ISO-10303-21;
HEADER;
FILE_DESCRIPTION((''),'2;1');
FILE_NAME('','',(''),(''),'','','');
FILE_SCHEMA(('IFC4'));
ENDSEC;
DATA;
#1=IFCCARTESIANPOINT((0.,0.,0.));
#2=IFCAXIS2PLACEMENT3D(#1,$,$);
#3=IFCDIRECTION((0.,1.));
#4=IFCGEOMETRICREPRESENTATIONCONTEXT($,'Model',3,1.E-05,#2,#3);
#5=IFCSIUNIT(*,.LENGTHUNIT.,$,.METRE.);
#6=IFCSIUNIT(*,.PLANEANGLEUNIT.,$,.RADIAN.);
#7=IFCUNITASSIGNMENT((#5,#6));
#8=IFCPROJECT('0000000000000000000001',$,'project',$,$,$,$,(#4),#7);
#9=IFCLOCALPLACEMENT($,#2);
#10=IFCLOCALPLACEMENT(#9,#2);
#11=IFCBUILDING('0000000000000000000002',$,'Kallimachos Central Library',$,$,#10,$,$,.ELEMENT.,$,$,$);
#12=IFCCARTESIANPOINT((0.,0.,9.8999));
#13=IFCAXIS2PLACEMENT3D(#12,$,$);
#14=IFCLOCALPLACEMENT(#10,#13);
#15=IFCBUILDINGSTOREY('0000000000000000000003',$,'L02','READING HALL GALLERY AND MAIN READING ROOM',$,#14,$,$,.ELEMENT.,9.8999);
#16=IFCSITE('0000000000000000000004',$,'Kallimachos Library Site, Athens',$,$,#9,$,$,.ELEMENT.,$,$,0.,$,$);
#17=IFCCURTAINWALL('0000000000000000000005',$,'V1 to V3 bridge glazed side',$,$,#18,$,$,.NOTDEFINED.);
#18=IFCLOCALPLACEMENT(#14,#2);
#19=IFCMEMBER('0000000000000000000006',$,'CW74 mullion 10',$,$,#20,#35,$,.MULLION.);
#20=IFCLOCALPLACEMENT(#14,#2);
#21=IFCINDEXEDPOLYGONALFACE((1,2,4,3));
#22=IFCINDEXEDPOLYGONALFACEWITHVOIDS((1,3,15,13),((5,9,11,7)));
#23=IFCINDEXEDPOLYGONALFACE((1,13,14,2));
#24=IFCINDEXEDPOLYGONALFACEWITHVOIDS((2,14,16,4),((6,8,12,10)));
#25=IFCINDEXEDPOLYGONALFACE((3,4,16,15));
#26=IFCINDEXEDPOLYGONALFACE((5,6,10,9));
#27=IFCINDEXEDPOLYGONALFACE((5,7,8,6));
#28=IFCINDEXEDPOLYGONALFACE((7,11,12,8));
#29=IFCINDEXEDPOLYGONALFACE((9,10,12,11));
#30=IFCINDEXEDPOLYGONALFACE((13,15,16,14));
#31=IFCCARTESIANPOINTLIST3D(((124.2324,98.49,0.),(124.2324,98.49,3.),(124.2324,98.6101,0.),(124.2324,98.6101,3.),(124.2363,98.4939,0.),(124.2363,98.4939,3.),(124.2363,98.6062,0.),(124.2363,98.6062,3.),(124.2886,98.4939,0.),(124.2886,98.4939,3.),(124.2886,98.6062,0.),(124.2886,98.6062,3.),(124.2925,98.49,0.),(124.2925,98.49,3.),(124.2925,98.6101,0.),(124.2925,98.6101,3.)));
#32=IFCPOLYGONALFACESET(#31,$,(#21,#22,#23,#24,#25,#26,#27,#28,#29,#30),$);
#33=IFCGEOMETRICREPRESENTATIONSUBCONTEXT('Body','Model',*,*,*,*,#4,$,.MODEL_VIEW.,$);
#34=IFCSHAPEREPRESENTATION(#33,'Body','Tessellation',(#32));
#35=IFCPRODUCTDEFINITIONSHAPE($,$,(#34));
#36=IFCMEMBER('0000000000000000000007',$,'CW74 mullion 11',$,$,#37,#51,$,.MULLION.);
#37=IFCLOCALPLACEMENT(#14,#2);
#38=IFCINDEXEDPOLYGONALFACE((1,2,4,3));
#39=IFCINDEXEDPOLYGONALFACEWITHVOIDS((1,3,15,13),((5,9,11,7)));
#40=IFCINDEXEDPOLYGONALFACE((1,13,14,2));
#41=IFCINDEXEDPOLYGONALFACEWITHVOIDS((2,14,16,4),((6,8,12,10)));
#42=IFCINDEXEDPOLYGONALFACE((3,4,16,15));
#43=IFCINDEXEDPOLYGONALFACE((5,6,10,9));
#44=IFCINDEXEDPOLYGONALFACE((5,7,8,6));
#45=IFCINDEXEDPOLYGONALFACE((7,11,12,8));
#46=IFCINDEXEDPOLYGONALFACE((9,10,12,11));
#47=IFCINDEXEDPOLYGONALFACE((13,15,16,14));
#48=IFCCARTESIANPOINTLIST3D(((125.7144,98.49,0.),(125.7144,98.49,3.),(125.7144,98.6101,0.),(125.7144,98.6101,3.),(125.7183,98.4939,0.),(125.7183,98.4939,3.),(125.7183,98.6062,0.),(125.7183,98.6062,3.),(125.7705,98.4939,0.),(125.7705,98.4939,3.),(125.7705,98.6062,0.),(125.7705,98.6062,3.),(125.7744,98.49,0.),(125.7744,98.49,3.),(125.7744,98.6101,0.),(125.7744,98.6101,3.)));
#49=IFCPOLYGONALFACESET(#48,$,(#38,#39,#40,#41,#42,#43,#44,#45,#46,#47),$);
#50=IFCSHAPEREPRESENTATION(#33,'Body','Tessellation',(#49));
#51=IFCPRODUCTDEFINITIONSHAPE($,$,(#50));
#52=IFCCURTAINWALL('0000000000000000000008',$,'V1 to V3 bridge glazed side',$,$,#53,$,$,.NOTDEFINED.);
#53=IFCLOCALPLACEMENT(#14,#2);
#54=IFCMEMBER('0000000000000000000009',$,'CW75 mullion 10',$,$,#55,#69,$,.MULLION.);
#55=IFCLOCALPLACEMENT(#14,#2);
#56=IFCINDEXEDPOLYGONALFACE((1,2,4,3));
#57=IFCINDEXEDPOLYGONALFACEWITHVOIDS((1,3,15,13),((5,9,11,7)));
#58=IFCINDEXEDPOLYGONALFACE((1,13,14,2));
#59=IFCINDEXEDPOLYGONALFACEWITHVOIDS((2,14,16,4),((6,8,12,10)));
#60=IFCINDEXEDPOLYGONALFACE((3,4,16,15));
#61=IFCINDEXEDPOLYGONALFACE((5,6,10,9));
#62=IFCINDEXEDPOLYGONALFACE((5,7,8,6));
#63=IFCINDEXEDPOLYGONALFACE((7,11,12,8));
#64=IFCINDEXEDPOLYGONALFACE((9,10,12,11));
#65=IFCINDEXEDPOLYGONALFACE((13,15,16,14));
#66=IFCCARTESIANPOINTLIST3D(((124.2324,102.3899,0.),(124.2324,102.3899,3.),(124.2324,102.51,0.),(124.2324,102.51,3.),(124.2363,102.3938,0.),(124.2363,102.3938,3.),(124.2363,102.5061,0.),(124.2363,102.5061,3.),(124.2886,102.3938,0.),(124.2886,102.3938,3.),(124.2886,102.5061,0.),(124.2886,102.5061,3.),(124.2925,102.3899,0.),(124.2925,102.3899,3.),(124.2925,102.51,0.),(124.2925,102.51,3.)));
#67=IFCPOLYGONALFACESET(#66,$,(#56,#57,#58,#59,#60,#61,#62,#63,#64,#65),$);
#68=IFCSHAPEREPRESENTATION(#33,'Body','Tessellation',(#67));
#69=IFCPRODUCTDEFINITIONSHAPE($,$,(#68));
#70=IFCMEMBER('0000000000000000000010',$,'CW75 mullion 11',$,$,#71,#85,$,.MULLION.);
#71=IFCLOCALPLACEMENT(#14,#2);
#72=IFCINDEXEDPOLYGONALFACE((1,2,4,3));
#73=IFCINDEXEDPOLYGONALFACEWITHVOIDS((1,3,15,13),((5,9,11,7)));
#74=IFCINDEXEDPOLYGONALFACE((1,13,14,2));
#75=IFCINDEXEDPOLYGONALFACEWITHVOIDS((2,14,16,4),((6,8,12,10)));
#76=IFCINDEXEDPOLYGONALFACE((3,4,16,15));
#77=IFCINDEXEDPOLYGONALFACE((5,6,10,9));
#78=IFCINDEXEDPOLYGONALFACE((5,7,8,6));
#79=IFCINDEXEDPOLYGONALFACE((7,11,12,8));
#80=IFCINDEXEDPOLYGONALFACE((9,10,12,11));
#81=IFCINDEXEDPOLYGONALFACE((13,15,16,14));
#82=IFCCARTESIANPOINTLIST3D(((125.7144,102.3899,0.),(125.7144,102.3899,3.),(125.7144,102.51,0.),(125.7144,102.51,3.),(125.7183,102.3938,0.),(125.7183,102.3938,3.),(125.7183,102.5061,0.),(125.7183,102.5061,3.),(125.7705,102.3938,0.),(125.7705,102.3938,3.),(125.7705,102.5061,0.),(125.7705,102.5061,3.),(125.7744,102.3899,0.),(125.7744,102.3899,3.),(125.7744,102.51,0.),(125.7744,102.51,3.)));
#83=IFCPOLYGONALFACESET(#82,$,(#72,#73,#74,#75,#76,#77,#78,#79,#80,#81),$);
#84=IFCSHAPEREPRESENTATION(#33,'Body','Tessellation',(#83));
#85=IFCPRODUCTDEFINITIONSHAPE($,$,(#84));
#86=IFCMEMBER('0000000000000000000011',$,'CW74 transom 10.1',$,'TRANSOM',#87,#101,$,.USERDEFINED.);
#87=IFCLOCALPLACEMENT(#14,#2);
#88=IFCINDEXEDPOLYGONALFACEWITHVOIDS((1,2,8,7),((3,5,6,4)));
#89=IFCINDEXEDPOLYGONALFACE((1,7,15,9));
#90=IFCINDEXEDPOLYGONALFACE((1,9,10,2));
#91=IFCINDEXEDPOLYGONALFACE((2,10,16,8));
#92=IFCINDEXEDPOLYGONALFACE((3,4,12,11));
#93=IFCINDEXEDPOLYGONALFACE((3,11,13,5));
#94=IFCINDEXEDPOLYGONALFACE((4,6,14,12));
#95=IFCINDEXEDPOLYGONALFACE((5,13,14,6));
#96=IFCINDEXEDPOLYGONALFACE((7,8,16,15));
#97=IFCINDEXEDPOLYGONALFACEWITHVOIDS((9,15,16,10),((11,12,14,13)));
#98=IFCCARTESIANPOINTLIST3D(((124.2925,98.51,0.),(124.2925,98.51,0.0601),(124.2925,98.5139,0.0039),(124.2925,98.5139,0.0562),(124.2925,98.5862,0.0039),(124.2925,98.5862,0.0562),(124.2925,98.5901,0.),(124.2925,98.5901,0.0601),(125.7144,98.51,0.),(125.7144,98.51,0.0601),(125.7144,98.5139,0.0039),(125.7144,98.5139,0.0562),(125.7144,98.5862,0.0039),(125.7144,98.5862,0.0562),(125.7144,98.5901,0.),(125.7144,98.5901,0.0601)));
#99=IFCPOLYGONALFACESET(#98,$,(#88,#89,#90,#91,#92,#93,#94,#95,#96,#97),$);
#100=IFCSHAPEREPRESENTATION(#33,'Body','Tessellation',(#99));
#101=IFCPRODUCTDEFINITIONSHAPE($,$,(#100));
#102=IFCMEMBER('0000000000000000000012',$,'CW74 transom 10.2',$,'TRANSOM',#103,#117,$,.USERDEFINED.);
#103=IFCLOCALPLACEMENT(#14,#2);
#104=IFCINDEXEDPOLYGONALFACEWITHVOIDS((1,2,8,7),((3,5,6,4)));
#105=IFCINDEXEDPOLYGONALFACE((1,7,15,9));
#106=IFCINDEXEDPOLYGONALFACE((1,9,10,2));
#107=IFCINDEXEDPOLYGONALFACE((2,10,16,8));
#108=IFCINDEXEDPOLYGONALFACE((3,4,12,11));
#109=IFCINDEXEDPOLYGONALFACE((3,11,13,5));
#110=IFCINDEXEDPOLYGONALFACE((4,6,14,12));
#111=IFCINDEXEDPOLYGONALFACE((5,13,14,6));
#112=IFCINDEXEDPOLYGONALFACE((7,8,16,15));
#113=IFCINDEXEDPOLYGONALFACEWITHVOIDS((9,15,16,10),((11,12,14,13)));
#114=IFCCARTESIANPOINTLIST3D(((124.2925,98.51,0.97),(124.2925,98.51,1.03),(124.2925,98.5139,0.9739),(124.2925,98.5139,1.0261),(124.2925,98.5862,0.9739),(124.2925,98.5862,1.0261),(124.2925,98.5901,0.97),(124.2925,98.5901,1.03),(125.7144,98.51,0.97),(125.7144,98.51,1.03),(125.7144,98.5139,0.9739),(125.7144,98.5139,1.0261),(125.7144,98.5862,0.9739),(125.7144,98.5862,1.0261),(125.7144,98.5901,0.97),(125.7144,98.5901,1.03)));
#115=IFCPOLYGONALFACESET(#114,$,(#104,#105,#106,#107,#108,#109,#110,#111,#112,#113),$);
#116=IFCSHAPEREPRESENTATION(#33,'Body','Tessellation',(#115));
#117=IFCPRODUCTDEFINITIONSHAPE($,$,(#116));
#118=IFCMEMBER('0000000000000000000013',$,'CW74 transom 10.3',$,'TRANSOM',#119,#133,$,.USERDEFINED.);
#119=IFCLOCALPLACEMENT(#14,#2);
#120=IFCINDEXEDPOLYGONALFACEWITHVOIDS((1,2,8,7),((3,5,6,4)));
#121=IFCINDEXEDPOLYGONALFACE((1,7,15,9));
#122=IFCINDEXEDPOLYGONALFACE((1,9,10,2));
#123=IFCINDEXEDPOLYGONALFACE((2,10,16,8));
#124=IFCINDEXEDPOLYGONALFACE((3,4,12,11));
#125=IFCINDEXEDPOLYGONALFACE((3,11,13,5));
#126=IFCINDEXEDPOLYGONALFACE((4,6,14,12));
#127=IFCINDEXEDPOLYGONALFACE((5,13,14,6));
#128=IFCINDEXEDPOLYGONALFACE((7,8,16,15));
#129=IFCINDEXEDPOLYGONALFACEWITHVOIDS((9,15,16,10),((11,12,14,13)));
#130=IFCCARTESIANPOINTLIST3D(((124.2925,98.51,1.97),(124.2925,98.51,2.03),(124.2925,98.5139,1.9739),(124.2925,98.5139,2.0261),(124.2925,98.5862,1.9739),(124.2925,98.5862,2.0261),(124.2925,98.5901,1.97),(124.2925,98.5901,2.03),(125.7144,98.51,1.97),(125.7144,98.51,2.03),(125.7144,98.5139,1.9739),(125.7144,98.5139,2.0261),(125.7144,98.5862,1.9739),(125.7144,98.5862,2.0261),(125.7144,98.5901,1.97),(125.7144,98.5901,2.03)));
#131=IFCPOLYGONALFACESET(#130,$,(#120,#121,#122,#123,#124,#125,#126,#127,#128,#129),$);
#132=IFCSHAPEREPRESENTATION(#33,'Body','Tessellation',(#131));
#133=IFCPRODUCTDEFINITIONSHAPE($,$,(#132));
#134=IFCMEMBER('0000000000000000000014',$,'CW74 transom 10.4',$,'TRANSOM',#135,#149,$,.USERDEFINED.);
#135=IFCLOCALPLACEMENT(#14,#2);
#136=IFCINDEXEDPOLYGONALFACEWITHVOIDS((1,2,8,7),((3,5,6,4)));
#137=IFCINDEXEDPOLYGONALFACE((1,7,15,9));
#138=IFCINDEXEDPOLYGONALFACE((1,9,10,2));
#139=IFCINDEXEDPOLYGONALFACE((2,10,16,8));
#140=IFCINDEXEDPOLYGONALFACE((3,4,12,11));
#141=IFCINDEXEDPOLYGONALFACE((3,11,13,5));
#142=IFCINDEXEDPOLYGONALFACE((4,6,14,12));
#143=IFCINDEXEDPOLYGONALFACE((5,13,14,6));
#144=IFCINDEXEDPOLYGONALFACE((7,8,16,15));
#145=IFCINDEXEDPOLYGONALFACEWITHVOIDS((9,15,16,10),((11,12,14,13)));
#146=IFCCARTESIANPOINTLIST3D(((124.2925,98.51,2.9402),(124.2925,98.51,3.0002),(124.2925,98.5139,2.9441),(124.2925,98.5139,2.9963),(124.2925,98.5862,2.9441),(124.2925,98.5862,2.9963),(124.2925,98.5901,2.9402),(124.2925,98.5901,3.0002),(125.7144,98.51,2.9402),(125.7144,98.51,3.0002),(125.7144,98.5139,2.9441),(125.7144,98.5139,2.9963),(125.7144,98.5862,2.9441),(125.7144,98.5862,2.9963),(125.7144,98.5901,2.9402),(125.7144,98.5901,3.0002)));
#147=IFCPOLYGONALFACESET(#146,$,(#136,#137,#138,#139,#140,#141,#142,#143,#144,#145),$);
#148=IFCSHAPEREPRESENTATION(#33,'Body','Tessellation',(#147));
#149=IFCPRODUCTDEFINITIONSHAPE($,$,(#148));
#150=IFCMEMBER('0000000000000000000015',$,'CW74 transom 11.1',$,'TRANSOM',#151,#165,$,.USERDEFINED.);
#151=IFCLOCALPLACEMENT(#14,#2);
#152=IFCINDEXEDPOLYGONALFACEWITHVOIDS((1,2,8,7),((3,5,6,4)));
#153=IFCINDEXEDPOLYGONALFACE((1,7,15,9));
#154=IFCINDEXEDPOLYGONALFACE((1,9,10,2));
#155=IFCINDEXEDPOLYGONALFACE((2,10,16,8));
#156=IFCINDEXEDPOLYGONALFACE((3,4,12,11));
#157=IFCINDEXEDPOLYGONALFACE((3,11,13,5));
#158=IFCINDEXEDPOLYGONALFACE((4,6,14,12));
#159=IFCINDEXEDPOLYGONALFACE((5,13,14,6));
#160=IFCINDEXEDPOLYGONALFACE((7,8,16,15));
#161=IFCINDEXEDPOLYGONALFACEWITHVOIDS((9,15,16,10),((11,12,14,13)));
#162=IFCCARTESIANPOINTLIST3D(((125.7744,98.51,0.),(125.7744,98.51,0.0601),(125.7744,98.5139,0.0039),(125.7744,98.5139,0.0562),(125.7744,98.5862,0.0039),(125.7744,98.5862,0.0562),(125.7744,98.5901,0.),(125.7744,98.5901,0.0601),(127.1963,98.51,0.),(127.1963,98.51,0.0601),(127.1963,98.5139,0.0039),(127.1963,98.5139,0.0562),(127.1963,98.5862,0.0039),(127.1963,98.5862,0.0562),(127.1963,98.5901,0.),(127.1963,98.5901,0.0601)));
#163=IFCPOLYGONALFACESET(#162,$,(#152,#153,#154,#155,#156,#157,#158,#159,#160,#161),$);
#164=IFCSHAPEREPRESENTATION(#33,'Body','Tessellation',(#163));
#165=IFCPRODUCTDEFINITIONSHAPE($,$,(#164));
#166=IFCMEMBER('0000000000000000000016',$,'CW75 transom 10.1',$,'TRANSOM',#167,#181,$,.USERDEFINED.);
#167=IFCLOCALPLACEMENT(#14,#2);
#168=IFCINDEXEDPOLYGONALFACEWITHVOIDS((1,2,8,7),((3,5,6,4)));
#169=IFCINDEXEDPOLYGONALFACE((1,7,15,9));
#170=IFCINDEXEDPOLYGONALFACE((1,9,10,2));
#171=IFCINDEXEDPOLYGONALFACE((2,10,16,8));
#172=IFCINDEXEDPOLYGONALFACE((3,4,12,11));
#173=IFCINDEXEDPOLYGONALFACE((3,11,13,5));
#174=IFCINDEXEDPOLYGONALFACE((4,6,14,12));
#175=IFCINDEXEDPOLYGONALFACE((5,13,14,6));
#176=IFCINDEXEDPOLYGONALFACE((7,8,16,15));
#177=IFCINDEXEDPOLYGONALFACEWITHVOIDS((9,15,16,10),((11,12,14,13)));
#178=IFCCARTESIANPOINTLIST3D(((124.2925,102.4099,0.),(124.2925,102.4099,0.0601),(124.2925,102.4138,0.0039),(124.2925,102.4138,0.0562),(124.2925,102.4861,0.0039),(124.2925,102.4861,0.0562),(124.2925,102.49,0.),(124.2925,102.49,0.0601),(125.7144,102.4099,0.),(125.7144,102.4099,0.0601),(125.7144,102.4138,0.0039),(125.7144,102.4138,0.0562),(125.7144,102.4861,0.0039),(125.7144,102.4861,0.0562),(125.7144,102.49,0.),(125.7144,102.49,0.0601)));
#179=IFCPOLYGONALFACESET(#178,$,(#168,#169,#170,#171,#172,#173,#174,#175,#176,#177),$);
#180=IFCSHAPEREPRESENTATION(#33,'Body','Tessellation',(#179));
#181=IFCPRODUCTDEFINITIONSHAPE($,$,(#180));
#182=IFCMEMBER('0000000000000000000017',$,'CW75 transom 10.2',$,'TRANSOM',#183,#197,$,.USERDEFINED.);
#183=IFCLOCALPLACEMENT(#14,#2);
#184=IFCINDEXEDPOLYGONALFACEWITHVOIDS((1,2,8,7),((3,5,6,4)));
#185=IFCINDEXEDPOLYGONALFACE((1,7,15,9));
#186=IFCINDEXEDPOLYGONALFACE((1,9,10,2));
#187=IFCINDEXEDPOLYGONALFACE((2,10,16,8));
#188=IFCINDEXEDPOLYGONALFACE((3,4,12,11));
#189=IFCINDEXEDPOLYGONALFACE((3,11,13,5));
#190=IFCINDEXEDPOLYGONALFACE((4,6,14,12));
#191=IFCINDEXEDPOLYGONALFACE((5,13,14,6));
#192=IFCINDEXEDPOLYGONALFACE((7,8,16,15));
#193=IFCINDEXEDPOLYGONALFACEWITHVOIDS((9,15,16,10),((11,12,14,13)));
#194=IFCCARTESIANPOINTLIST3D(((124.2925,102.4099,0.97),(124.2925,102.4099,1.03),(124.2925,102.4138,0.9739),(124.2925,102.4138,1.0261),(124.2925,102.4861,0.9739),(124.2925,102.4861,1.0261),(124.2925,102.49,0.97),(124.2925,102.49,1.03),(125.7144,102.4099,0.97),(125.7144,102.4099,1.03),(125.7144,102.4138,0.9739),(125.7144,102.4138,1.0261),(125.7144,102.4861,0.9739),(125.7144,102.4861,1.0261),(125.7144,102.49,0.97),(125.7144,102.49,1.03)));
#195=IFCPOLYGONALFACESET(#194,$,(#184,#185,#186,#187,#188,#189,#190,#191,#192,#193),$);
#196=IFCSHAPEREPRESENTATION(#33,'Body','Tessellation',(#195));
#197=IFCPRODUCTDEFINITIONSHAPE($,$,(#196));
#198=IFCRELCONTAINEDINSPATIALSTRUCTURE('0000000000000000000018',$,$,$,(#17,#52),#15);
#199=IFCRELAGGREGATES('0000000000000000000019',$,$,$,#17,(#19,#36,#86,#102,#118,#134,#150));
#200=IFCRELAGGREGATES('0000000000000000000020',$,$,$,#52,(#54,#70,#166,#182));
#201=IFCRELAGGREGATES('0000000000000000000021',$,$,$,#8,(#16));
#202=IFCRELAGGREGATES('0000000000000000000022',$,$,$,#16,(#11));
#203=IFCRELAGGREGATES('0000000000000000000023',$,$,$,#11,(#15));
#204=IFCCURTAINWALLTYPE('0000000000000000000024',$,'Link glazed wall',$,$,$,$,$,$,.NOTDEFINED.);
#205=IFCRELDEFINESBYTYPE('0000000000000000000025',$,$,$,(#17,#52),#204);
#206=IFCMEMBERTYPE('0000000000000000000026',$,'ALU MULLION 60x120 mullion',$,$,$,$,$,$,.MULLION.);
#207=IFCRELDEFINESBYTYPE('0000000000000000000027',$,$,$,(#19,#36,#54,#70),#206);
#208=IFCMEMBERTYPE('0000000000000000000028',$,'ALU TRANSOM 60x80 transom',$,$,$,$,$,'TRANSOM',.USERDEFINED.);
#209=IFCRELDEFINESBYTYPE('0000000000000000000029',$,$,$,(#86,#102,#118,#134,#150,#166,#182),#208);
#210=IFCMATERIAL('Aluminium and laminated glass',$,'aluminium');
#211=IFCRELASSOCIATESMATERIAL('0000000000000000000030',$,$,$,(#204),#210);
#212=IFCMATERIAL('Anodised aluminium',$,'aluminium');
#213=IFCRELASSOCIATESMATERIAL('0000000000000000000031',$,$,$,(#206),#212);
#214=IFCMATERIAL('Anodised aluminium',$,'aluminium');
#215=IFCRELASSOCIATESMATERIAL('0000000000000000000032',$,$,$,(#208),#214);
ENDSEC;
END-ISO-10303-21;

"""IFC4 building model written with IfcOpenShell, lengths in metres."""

from ifc_helpers import new_model, si_unit, direction, frame, origin, origin_2d, place, context, subcontext, project, spatial, hollow_rectangle, extrude, material, material_profile, profile_set, type_object, element, aggregate, save


model = new_model("IFC4")

# Units and contexts
model_context = context("Model", 3, precision=1e-05, world=origin(), true_north=direction((0.0, 1.0)))
body_context = subcontext(model_context, "Body", "Model", "MODEL_VIEW")
ifc_project = project(units=[si_unit("LENGTHUNIT", "METRE"), si_unit("PLANEANGLEUNIT", "RADIAN")], contexts=[model_context])

# Site, building, storey
site_placement = place(None, origin())
site = spatial("IfcSite", under=ifc_project, at=site_placement, Name="Kallimachos Library Site, Athens", CompositionType="ELEMENT", RefElevation=0.0)
building_placement = place(site_placement, origin())
building = spatial("IfcBuilding", under=site, at=building_placement, Name="Kallimachos Central Library", CompositionType="ELEMENT")
storey_placement = place(building_placement, frame((0.0, 0.0, 9.8999)))
storey = spatial("IfcBuildingStorey", under=building, at=storey_placement, Name="L02", Description="READING HALL GALLERY AND MAIN READING ROOM", CompositionType="ELEMENT", Elevation=9.8999)

# Curtain walls, members
ifc_material_1 = material(Name="Aluminium and laminated glass", Category="aluminium")
curtain_wall_type = type_object("IfcCurtainWallType", Name="Link glazed wall", PredefinedType="NOTDEFINED", material=ifc_material_1)
curtain_wall_1_placement = place(storey_placement, origin())
curtain_wall_1 = element("IfcCurtainWall", 1, at=curtain_wall_1_placement, inside=storey, type_object=curtain_wall_type, Name="V1 to V3 bridge glazed side", PredefinedType="NOTDEFINED")
ifc_material_2 = material(Name="Anodised aluminium", Category="aluminium")
ifc_material_profile_1 = material_profile(ifc_material_2, hollow_rectangle(XDim=0.0601, YDim=0.1201, WallThickness=0.0039, at=origin_2d()), Name="ALU MULLION 60x120")
ifc_profile_set_1 = profile_set([ifc_material_profile_1], Name="Anodised aluminium")
member_type_1 = type_object("IfcMemberType", Name="ALU MULLION 60x120 mullion", PredefinedType="MULLION", material=ifc_profile_set_1)
member_1_placement = place(storey_placement, frame((124.2625, 98.55, 0.0), z_axis=(0.0, 0.0, 1.0), x_axis=(1.0, 0.0, 0.0)))
member_1 = element("IfcMember", 2, at=member_1_placement, type_object=member_type_1, Name="CW74 mullion 10", PredefinedType="MULLION", context=body_context, shape_type="SweptSolid", body=[
    extrude(hollow_rectangle(XDim=0.0601, YDim=0.1201, WallThickness=0.0039, at=origin_2d()), origin(), (0.0, 0.0, 1.0), 3.0),
])
member_2_placement = place(storey_placement, frame((125.7444, 98.55, 0.0), z_axis=(0.0, 0.0, 1.0), x_axis=(1.0, 0.0, 0.0)))
member_2 = element("IfcMember", 3, at=member_2_placement, type_object=member_type_1, Name="CW74 mullion 11", PredefinedType="MULLION", context=body_context, shape_type="SweptSolid", body=[
    extrude(hollow_rectangle(XDim=0.0601, YDim=0.1201, WallThickness=0.0039, at=origin_2d()), origin(), (0.0, 0.0, 1.0), 3.0),
])
curtain_wall_2_placement = place(storey_placement, origin())
curtain_wall_2 = element("IfcCurtainWall", 4, at=curtain_wall_2_placement, inside=storey, type_object=curtain_wall_type, Name="V1 to V3 bridge glazed side", PredefinedType="NOTDEFINED")
member_3_placement = place(storey_placement, frame((124.2625, 102.45, 0.0), z_axis=(0.0, 0.0, 1.0), x_axis=(1.0, 0.0, 0.0)))
member_3 = element("IfcMember", 5, at=member_3_placement, type_object=member_type_1, Name="CW75 mullion 10", PredefinedType="MULLION", context=body_context, shape_type="SweptSolid", body=[
    extrude(hollow_rectangle(XDim=0.0601, YDim=0.1201, WallThickness=0.0039, at=origin_2d()), origin(), (0.0, 0.0, 1.0), 3.0),
])
member_4_placement = place(storey_placement, frame((125.7444, 102.45, 0.0), z_axis=(0.0, 0.0, 1.0), x_axis=(1.0, 0.0, 0.0)))
member_4 = element("IfcMember", 6, at=member_4_placement, type_object=member_type_1, Name="CW75 mullion 11", PredefinedType="MULLION", context=body_context, shape_type="SweptSolid", body=[
    extrude(hollow_rectangle(XDim=0.0601, YDim=0.1201, WallThickness=0.0039, at=origin_2d()), origin(), (0.0, 0.0, 1.0), 3.0),
])

# Members
ifc_material_3 = material(Name="Anodised aluminium", Category="aluminium")
ifc_material_profile_2 = material_profile(ifc_material_3, hollow_rectangle(XDim=0.0601, YDim=0.0801, WallThickness=0.0039, at=origin_2d()), Name="ALU TRANSOM 60x80")
ifc_profile_set_2 = profile_set([ifc_material_profile_2], Name="Anodised aluminium")
member_type_2 = type_object("IfcMemberType", Name="ALU TRANSOM 60x80 transom", ElementType="TRANSOM", PredefinedType="USERDEFINED", material=ifc_profile_set_2)
member_5_placement = place(storey_placement, frame((124.2925, 98.55, 0.03), z_axis=(1.0, 0.0, 0.0), x_axis=(0.0, 0.0, 1.0)))
member_5 = element("IfcMember", 7, at=member_5_placement, type_object=member_type_2, Name="CW74 transom 10.1", ObjectType="TRANSOM", PredefinedType="USERDEFINED", context=body_context, shape_type="SweptSolid", body=[
    extrude(hollow_rectangle(XDim=0.0601, YDim=0.0801, WallThickness=0.0039, at=origin_2d()), origin(), (0.0, 0.0, 1.0), 1.4219),
])
member_6_placement = place(storey_placement, frame((124.2925, 98.55, 1.0), z_axis=(1.0, 0.0, 0.0), x_axis=(0.0, 0.0, 1.0)))
member_6 = element("IfcMember", 8, at=member_6_placement, type_object=member_type_2, Name="CW74 transom 10.2", ObjectType="TRANSOM", PredefinedType="USERDEFINED", context=body_context, shape_type="SweptSolid", body=[
    extrude(hollow_rectangle(XDim=0.0601, YDim=0.0801, WallThickness=0.0039, at=origin_2d()), origin(), (0.0, 0.0, 1.0), 1.4219),
])
member_7_placement = place(storey_placement, frame((124.2925, 98.55, 2.0), z_axis=(1.0, 0.0, 0.0), x_axis=(0.0, 0.0, 1.0)))
member_7 = element("IfcMember", 9, at=member_7_placement, type_object=member_type_2, Name="CW74 transom 10.3", ObjectType="TRANSOM", PredefinedType="USERDEFINED", context=body_context, shape_type="SweptSolid", body=[
    extrude(hollow_rectangle(XDim=0.0601, YDim=0.0801, WallThickness=0.0039, at=origin_2d()), origin(), (0.0, 0.0, 1.0), 1.4219),
])
member_8_placement = place(storey_placement, frame((124.2925, 98.55, 2.9702), z_axis=(1.0, 0.0, 0.0), x_axis=(0.0, 0.0, 1.0)))
member_8 = element("IfcMember", 10, at=member_8_placement, type_object=member_type_2, Name="CW74 transom 10.4", ObjectType="TRANSOM", PredefinedType="USERDEFINED", context=body_context, shape_type="SweptSolid", body=[
    extrude(hollow_rectangle(XDim=0.0601, YDim=0.0801, WallThickness=0.0039, at=origin_2d()), origin(), (0.0, 0.0, 1.0), 1.4219),
])
member_9_placement = place(storey_placement, frame((125.7744, 98.55, 0.03), z_axis=(1.0, 0.0, 0.0), x_axis=(0.0, 0.0, 1.0)))
member_9 = element("IfcMember", 11, at=member_9_placement, type_object=member_type_2, Name="CW74 transom 11.1", ObjectType="TRANSOM", PredefinedType="USERDEFINED", context=body_context, shape_type="SweptSolid", body=[
    extrude(hollow_rectangle(XDim=0.0601, YDim=0.0801, WallThickness=0.0039, at=origin_2d()), origin(), (0.0, 0.0, 1.0), 1.4219),
])
member_10_placement = place(storey_placement, frame((124.2925, 102.45, 0.03), z_axis=(1.0, 0.0, 0.0), x_axis=(0.0, 0.0, 1.0)))
member_10 = element("IfcMember", 12, at=member_10_placement, type_object=member_type_2, Name="CW75 transom 10.1", ObjectType="TRANSOM", PredefinedType="USERDEFINED", context=body_context, shape_type="SweptSolid", body=[
    extrude(hollow_rectangle(XDim=0.0601, YDim=0.0801, WallThickness=0.0039, at=origin_2d()), origin(), (0.0, 0.0, 1.0), 1.4219),
])
member_11_placement = place(storey_placement, frame((124.2925, 102.45, 1.0), z_axis=(1.0, 0.0, 0.0), x_axis=(0.0, 0.0, 1.0)))
member_11 = element("IfcMember", 13, at=member_11_placement, type_object=member_type_2, Name="CW75 transom 10.2", ObjectType="TRANSOM", PredefinedType="USERDEFINED", context=body_context, shape_type="SweptSolid", body=[
    extrude(hollow_rectangle(XDim=0.0601, YDim=0.0801, WallThickness=0.0039, at=origin_2d()), origin(), (0.0, 0.0, 1.0), 1.4219),
])

aggregate(curtain_wall_1, [member_1, member_2, member_5, member_6, member_7, member_8, member_9])
aggregate(curtain_wall_2, [member_3, member_4, member_10, member_11])

save(model, "model.ifc")
